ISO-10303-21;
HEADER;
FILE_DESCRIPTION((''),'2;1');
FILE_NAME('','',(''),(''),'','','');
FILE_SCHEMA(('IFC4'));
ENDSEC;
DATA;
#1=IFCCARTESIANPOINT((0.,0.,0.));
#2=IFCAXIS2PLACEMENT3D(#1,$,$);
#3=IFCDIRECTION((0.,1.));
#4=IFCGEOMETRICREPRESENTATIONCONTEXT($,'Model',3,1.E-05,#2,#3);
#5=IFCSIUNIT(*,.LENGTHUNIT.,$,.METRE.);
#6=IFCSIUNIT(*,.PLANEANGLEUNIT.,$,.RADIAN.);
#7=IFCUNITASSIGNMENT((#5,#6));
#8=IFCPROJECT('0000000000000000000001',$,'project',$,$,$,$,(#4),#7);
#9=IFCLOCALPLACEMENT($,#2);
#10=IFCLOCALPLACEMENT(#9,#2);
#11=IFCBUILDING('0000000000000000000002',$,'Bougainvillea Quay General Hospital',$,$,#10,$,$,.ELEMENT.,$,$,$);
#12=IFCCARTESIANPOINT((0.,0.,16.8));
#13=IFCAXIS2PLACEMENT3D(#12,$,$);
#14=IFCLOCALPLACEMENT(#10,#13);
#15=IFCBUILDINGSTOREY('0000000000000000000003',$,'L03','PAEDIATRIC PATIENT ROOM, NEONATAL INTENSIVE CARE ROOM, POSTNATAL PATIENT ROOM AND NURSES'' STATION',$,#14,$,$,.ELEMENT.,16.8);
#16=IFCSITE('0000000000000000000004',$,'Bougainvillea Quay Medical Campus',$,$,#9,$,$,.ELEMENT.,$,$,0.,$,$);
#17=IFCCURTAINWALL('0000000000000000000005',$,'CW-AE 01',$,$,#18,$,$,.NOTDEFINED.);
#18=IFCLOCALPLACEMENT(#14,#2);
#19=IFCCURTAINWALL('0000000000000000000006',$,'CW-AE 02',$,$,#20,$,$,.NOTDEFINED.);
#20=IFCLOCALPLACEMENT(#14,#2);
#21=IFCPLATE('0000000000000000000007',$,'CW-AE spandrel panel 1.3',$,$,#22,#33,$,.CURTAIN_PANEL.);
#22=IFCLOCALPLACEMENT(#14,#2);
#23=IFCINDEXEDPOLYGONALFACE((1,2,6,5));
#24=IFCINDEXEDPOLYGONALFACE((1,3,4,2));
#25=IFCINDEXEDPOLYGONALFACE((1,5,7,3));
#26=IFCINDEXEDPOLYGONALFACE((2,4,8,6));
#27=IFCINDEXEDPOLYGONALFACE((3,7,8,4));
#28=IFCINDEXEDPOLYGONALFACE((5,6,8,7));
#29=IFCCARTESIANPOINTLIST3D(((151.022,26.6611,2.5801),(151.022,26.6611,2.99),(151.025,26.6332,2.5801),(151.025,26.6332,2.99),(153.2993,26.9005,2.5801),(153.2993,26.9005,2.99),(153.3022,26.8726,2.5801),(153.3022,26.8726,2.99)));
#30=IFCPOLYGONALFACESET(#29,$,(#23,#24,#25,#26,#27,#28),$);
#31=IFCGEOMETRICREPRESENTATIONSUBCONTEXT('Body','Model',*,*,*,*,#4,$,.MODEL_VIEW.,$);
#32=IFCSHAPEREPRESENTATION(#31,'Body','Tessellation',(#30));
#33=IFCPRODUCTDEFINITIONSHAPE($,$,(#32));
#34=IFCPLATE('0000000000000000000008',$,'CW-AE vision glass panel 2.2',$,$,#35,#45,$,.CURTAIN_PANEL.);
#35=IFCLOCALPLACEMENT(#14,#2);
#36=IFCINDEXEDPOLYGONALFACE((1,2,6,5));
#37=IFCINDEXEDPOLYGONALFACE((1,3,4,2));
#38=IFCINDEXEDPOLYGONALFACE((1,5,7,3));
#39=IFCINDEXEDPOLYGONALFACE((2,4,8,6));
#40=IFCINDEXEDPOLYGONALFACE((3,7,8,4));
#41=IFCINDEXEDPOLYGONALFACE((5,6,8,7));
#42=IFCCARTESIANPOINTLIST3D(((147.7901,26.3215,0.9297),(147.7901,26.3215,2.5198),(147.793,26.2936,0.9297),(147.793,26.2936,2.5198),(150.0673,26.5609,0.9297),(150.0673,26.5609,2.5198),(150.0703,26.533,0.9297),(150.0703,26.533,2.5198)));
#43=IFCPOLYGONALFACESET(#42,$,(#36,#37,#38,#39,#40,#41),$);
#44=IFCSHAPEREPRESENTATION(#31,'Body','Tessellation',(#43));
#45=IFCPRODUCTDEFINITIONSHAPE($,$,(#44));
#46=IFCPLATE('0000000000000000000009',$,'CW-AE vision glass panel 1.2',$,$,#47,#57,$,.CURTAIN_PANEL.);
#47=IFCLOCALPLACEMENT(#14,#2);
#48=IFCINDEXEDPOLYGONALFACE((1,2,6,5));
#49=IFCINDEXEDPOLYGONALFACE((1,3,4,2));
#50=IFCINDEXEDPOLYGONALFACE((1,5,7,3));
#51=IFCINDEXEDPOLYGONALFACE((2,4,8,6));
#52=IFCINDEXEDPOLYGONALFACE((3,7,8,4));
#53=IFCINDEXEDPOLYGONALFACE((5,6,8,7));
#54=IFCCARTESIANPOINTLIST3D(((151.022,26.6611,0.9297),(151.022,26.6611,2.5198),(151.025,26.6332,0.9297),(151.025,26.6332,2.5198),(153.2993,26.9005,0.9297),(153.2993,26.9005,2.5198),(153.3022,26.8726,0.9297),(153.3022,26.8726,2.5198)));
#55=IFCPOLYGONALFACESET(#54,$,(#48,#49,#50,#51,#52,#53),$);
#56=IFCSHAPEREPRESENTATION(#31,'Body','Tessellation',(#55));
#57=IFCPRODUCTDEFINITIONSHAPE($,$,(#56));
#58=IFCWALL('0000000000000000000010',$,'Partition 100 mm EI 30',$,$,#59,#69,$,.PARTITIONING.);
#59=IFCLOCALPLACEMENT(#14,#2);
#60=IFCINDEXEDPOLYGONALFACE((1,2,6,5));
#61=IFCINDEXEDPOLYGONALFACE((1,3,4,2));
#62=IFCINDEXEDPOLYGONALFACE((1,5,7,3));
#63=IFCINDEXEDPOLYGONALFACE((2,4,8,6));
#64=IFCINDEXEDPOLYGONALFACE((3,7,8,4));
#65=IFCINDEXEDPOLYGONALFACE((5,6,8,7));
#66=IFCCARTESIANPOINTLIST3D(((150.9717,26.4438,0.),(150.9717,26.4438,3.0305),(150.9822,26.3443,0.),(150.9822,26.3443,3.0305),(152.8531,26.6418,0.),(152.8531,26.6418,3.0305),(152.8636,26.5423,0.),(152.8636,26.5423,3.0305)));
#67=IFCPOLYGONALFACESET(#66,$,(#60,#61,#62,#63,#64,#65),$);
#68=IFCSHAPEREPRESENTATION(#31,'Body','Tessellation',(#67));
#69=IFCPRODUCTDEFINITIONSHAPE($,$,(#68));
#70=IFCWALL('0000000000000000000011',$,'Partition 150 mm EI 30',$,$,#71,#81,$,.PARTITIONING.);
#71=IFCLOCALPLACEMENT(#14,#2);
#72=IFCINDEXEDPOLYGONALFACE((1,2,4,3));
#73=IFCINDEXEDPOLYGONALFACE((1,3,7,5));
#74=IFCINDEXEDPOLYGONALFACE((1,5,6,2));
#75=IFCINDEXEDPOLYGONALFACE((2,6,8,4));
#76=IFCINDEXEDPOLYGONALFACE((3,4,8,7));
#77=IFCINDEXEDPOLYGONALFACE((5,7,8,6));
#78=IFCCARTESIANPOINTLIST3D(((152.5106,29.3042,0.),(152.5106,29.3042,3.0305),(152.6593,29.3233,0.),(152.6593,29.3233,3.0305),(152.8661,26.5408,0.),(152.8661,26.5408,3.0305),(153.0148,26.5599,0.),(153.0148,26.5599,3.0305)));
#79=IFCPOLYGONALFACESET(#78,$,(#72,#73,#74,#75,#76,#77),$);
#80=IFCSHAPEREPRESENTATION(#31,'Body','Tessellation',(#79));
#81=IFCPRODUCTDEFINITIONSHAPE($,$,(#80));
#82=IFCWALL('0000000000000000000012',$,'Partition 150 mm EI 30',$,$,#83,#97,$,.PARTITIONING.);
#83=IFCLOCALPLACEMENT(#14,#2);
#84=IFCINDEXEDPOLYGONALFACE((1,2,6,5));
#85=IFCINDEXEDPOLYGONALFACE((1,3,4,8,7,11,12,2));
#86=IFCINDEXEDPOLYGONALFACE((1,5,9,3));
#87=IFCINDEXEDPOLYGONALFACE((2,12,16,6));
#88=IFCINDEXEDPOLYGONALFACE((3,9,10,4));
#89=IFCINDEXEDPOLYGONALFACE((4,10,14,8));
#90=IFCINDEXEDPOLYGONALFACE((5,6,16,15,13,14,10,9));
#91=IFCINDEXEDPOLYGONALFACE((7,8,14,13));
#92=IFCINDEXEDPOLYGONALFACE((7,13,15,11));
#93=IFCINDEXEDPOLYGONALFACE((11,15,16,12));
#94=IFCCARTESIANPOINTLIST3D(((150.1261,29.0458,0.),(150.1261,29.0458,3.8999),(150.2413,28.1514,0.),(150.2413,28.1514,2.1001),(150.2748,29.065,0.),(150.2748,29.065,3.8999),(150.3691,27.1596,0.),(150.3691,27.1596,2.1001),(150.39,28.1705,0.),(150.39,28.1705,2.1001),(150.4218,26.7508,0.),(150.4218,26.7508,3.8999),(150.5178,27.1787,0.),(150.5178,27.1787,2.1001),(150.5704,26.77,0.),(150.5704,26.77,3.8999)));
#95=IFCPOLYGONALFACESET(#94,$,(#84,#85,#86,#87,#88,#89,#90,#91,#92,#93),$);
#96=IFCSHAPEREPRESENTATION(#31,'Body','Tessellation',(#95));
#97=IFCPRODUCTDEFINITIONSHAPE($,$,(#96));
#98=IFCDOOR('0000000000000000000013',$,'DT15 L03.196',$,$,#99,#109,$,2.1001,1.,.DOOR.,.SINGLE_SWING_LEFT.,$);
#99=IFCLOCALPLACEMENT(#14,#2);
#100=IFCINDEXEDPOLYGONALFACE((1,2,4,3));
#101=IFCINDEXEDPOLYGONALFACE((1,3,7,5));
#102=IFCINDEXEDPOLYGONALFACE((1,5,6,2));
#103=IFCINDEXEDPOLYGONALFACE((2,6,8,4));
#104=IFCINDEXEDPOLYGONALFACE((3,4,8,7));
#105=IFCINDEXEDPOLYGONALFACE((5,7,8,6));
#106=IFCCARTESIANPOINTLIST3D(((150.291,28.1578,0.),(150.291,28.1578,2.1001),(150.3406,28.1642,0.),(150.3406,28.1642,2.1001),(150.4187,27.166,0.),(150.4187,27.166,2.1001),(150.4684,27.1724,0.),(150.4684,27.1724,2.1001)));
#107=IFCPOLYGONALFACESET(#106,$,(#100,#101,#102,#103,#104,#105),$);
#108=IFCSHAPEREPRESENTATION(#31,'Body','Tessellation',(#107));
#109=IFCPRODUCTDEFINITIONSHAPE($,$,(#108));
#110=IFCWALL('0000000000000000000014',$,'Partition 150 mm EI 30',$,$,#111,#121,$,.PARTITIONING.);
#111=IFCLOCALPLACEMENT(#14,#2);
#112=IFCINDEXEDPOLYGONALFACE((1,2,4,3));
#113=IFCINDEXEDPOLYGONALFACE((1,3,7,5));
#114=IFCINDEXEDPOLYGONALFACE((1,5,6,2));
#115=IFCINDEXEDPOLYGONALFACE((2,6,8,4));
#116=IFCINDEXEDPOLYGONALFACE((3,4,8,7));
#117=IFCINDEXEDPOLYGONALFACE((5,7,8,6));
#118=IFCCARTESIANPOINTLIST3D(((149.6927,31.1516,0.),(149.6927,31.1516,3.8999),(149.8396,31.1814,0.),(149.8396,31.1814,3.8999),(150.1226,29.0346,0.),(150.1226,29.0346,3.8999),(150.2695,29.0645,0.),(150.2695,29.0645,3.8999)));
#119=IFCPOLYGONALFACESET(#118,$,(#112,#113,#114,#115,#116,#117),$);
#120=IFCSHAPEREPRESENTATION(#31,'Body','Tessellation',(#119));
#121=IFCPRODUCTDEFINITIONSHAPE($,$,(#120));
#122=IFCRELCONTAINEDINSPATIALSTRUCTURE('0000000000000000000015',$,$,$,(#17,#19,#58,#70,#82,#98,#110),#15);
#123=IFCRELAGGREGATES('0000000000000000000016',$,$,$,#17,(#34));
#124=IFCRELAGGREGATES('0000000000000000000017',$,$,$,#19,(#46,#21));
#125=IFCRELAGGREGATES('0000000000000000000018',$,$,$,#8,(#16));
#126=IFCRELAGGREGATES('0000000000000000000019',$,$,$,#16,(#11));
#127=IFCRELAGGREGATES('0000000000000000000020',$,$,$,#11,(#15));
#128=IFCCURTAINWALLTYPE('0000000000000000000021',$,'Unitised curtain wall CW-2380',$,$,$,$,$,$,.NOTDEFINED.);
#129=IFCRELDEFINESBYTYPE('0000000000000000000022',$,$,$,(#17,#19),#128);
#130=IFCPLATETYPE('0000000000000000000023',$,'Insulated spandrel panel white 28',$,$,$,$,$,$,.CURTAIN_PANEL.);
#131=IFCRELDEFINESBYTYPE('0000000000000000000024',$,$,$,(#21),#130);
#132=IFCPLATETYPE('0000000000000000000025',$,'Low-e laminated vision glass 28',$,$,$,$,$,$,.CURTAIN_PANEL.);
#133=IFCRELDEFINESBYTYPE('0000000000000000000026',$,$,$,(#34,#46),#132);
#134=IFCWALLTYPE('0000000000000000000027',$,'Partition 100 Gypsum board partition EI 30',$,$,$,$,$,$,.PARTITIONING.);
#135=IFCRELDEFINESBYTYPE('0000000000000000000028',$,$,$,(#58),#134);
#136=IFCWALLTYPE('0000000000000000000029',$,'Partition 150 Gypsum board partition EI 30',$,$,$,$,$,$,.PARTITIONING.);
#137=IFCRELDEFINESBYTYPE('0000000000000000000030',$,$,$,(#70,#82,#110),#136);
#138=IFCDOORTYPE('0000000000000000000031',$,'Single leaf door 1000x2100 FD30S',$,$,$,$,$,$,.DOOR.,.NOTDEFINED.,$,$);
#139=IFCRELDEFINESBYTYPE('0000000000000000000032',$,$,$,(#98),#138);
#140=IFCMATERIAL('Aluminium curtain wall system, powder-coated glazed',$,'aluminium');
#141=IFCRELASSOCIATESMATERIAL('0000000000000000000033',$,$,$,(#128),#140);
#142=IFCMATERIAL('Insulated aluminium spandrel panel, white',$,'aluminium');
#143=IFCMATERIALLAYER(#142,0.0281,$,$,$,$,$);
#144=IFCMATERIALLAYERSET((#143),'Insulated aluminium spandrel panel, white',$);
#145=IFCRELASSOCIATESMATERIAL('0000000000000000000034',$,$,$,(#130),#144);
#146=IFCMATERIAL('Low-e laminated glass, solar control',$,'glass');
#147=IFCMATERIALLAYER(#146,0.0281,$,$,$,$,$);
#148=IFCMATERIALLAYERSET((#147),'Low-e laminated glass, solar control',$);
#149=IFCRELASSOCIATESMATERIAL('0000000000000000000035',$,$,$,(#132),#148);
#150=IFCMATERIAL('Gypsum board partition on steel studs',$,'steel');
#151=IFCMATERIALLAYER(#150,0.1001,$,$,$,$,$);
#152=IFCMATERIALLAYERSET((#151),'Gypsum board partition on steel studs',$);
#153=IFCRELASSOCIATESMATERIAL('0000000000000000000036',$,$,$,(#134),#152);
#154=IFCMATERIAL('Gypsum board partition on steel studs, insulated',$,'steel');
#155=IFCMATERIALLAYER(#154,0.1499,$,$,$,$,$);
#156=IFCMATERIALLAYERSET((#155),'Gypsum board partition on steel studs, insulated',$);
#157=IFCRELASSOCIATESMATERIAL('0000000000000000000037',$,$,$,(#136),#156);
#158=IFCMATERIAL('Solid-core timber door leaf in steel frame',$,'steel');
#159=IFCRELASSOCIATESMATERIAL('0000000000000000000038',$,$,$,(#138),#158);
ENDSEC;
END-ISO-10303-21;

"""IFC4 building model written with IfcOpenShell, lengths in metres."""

from ifc_helpers import new_model, si_unit, direction, frame, frame_2d, origin, origin_2d, place, context, subcontext, project, spatial, rectangle, extrude, material, layer, layer_set, type_object, element, fill, aggregate, save


model = new_model("IFC4")

# Units and contexts
model_context = context("Model", 3, precision=1e-05, world=origin(), true_north=direction((0.0, 1.0)))
body_context = subcontext(model_context, "Body", "Model", "MODEL_VIEW")
ifc_project = project(units=[si_unit("LENGTHUNIT", "METRE"), si_unit("PLANEANGLEUNIT", "RADIAN")], contexts=[model_context])

# Site, building, storey
site_placement = place(None, origin())
site = spatial("IfcSite", under=ifc_project, at=site_placement, Name="Bougainvillea Quay Medical Campus", CompositionType="ELEMENT", RefElevation=0.0)
building_placement = place(site_placement, origin())
building = spatial("IfcBuilding", under=site, at=building_placement, Name="Bougainvillea Quay General Hospital", CompositionType="ELEMENT")
storey_placement = place(building_placement, frame((0.0, 0.0, 16.8)))
storey = spatial("IfcBuildingStorey", under=building, at=storey_placement, Name="L03", Description="PAEDIATRIC PATIENT ROOM, NEONATAL INTENSIVE CARE ROOM, POSTNATAL PATIENT ROOM AND NURSES' STATION", CompositionType="ELEMENT", Elevation=16.8)

# Curtain walls
ifc_material_1 = material(Name="Aluminium curtain wall system, powder-coated glazed", Category="aluminium")
curtain_wall_type = type_object("IfcCurtainWallType", Name="Unitised curtain wall CW-2380", PredefinedType="NOTDEFINED", material=ifc_material_1)
curtain_wall_1_placement = place(storey_placement, origin())
curtain_wall_1 = element("IfcCurtainWall", 1, at=curtain_wall_1_placement, inside=storey, type_object=curtain_wall_type, Name="CW-AE 01", PredefinedType="NOTDEFINED")
curtain_wall_2_placement = place(storey_placement, origin())
curtain_wall_2 = element("IfcCurtainWall", 2, at=curtain_wall_2_placement, inside=storey, type_object=curtain_wall_type, Name="CW-AE 02", PredefinedType="NOTDEFINED")

# Plates
ifc_material_2 = material(Name="Insulated aluminium spandrel panel, white", Category="aluminium")
ifc_layer_1 = layer(ifc_material_2, 0.0281)
ifc_layer_set_1 = layer_set([ifc_layer_1], Name="Insulated aluminium spandrel panel, white")
plate_type_1 = type_object("IfcPlateType", Name="Insulated spandrel panel white 28", PredefinedType="CURTAIN_PANEL", material=ifc_layer_set_1)
plate_1_placement = place(storey_placement, frame((152.1621, 26.7668, 2.5801), z_axis=(0.0, 0.0, 1.0), x_axis=(0.994522, 0.104527, 0.0)))
plate_1 = element("IfcPlate", 3, at=plate_1_placement, type_object=plate_type_1, Name="CW-AE spandrel panel 1.3", PredefinedType="CURTAIN_PANEL", context=body_context, shape_type="SweptSolid", body=[
    extrude(rectangle(XDim=2.2898, YDim=0.0281, at=origin_2d()), origin(), (0.0, 0.0, 1.0), 0.4099),
])
ifc_material_3 = material(Name="Low-e laminated glass, solar control", Category="glass")
ifc_layer_2 = layer(ifc_material_3, 0.0281)
ifc_layer_set_2 = layer_set([ifc_layer_2], Name="Low-e laminated glass, solar control")
plate_type_2 = type_object("IfcPlateType", Name="Low-e laminated vision glass 28", PredefinedType="CURTAIN_PANEL", material=ifc_layer_set_2)
plate_2_placement = place(storey_placement, frame((148.9302, 26.4272, 0.9297), z_axis=(0.0, 0.0, 1.0), x_axis=(0.994522, 0.104527, 0.0)))
plate_2 = element("IfcPlate", 4, at=plate_2_placement, type_object=plate_type_2, Name="CW-AE vision glass panel 2.2", PredefinedType="CURTAIN_PANEL", context=body_context, shape_type="SweptSolid", body=[
    extrude(rectangle(XDim=2.2898, YDim=0.0281, at=origin_2d()), origin(), (0.0, 0.0, 1.0), 1.5901),
])
aggregate(curtain_wall_1, [plate_2])
plate_3_placement = place(storey_placement, frame((152.1621, 26.7668, 0.9297), z_axis=(0.0, 0.0, 1.0), x_axis=(0.994522, 0.104527, 0.0)))
plate_3 = element("IfcPlate", 5, at=plate_3_placement, type_object=plate_type_2, Name="CW-AE vision glass panel 1.2", PredefinedType="CURTAIN_PANEL", context=body_context, shape_type="SweptSolid", body=[
    extrude(rectangle(XDim=2.2898, YDim=0.0281, at=origin_2d()), origin(), (0.0, 0.0, 1.0), 1.5901),
])
aggregate(curtain_wall_2, [plate_3, plate_1])

# Walls
ifc_material_4 = material(Name="Gypsum board partition on steel studs", Category="steel")
ifc_layer_3 = layer(ifc_material_4, 0.1001)
ifc_layer_set_3 = layer_set([ifc_layer_3], Name="Gypsum board partition on steel studs")
wall_type_1 = type_object("IfcWallType", Name="Partition 100 Gypsum board partition EI 30", PredefinedType="PARTITIONING", material=ifc_layer_set_3)
wall_1_placement = place(storey_placement, frame((150.9771, 26.394, 0.0), z_axis=(0.0, 0.0, 1.0), x_axis=(0.994508, 0.104665, 0.0)))
element("IfcWall", 6, at=wall_1_placement, inside=storey, type_object=wall_type_1, Name="Partition 100 mm EI 30", PredefinedType="PARTITIONING", context=body_context, shape_type="SweptSolid", body=[
    extrude(rectangle(XDim=1.8918, YDim=0.1001, at=frame_2d((0.9458, 0.0))), origin(), (0.0, 0.0, 1.0), 3.0305),
])
ifc_material_5 = material(Name="Gypsum board partition on steel studs, insulated", Category="steel")
ifc_layer_4 = layer(ifc_material_5, 0.1499)
ifc_layer_set_4 = layer_set([ifc_layer_4], Name="Gypsum board partition on steel studs, insulated")
wall_type_2 = type_object("IfcWallType", Name="Partition 150 Gypsum board partition EI 30", PredefinedType="PARTITIONING", material=ifc_layer_set_4)
wall_2_placement = place(storey_placement, frame((152.585, 29.3137, 0.0), z_axis=(0.0, 0.0, 1.0), x_axis=(0.127582, -0.991828, 0.0)))
element("IfcWall", 7, at=wall_2_placement, inside=storey, type_object=wall_type_2, Name="Partition 150 mm EI 30", PredefinedType="PARTITIONING", context=body_context, shape_type="SweptSolid", body=[
    extrude(rectangle(XDim=2.7861, YDim=0.1499, at=frame_2d((1.3931, 0.0))), origin(), (0.0, 0.0, 1.0), 3.0305),
])

# Wall, opening, door
wall_3_placement = place(storey_placement, frame((150.2004, 29.0554, 0.0), z_axis=(0.0, 0.0, 1.0), x_axis=(0.127774, -0.991803, 0.0)))
wall_3 = element("IfcWall", 8, at=wall_3_placement, inside=storey, type_object=wall_type_2, Name="Partition 150 mm EI 30", PredefinedType="PARTITIONING", context=body_context, shape_type="SweptSolid", body=[
    extrude(rectangle(XDim=2.314, YDim=0.1499, at=frame_2d((1.157, 0.0))), origin(), (0.0, 0.0, 1.0), 3.8999),
])
opening_placement = place(wall_3_placement, frame((0.9019, 0.0, 0.0)))
opening = element("IfcOpeningElement", 9, at=opening_placement, cuts=wall_3, PredefinedType="OPENING", context=body_context, shape_type="SweptSolid", body=[
    extrude(rectangle(XDim=1.0, YDim=2.1001, at=frame_2d((0.5, 1.05))), frame((0.0, 0.085, 0.0), z_axis=(0.0, -1.0, 0.0), x_axis=(1.0, 0.0, 0.0)), (0.0, 0.0, 1.0), 0.1699),
])
ifc_material_6 = material(Name="Solid-core timber door leaf in steel frame", Category="steel")
door_type = type_object("IfcDoorType", Name="Single leaf door 1000x2100 FD30S", OperationType="NOTDEFINED", PredefinedType="DOOR", material=ifc_material_6)
door_placement = place(opening_placement, frame((1.0, 0.0, 0.0), z_axis=(0.0, 0.0, 1.0), x_axis=(-1.0, 0.0, 0.0)))
door = element("IfcDoor", 10, at=door_placement, inside=storey, type_object=door_type, Name="DT15 L03.196", OperationType="SINGLE_SWING_LEFT", OverallHeight=2.1001, OverallWidth=1.0, PredefinedType="DOOR", context=body_context, shape_type="SweptSolid", body=[
    extrude(rectangle(XDim=1.0, YDim=2.1001, at=frame_2d((0.5, 1.05))), frame((0.0, 0.0249, 0.0), z_axis=(0.0, -1.0, 0.0), x_axis=(1.0, 0.0, 0.0)), (0.0, 0.0, 1.0), 0.05),
])
fill(opening, door)

# Wall
wall_4_placement = place(storey_placement, frame((149.7661, 31.1665, 0.0), z_axis=(0.0, 0.0, 1.0), x_axis=(0.199028, -0.979994, 0.0)))
element("IfcWall", 11, at=wall_4_placement, inside=storey, type_object=wall_type_2, Name="Partition 150 mm EI 30", PredefinedType="PARTITIONING", context=body_context, shape_type="SweptSolid", body=[
    extrude(rectangle(XDim=2.1602, YDim=0.1499, at=frame_2d((1.0801, 0.0))), origin(), (0.0, 0.0, 1.0), 3.8999),
])

save(model, "model.ifc")
